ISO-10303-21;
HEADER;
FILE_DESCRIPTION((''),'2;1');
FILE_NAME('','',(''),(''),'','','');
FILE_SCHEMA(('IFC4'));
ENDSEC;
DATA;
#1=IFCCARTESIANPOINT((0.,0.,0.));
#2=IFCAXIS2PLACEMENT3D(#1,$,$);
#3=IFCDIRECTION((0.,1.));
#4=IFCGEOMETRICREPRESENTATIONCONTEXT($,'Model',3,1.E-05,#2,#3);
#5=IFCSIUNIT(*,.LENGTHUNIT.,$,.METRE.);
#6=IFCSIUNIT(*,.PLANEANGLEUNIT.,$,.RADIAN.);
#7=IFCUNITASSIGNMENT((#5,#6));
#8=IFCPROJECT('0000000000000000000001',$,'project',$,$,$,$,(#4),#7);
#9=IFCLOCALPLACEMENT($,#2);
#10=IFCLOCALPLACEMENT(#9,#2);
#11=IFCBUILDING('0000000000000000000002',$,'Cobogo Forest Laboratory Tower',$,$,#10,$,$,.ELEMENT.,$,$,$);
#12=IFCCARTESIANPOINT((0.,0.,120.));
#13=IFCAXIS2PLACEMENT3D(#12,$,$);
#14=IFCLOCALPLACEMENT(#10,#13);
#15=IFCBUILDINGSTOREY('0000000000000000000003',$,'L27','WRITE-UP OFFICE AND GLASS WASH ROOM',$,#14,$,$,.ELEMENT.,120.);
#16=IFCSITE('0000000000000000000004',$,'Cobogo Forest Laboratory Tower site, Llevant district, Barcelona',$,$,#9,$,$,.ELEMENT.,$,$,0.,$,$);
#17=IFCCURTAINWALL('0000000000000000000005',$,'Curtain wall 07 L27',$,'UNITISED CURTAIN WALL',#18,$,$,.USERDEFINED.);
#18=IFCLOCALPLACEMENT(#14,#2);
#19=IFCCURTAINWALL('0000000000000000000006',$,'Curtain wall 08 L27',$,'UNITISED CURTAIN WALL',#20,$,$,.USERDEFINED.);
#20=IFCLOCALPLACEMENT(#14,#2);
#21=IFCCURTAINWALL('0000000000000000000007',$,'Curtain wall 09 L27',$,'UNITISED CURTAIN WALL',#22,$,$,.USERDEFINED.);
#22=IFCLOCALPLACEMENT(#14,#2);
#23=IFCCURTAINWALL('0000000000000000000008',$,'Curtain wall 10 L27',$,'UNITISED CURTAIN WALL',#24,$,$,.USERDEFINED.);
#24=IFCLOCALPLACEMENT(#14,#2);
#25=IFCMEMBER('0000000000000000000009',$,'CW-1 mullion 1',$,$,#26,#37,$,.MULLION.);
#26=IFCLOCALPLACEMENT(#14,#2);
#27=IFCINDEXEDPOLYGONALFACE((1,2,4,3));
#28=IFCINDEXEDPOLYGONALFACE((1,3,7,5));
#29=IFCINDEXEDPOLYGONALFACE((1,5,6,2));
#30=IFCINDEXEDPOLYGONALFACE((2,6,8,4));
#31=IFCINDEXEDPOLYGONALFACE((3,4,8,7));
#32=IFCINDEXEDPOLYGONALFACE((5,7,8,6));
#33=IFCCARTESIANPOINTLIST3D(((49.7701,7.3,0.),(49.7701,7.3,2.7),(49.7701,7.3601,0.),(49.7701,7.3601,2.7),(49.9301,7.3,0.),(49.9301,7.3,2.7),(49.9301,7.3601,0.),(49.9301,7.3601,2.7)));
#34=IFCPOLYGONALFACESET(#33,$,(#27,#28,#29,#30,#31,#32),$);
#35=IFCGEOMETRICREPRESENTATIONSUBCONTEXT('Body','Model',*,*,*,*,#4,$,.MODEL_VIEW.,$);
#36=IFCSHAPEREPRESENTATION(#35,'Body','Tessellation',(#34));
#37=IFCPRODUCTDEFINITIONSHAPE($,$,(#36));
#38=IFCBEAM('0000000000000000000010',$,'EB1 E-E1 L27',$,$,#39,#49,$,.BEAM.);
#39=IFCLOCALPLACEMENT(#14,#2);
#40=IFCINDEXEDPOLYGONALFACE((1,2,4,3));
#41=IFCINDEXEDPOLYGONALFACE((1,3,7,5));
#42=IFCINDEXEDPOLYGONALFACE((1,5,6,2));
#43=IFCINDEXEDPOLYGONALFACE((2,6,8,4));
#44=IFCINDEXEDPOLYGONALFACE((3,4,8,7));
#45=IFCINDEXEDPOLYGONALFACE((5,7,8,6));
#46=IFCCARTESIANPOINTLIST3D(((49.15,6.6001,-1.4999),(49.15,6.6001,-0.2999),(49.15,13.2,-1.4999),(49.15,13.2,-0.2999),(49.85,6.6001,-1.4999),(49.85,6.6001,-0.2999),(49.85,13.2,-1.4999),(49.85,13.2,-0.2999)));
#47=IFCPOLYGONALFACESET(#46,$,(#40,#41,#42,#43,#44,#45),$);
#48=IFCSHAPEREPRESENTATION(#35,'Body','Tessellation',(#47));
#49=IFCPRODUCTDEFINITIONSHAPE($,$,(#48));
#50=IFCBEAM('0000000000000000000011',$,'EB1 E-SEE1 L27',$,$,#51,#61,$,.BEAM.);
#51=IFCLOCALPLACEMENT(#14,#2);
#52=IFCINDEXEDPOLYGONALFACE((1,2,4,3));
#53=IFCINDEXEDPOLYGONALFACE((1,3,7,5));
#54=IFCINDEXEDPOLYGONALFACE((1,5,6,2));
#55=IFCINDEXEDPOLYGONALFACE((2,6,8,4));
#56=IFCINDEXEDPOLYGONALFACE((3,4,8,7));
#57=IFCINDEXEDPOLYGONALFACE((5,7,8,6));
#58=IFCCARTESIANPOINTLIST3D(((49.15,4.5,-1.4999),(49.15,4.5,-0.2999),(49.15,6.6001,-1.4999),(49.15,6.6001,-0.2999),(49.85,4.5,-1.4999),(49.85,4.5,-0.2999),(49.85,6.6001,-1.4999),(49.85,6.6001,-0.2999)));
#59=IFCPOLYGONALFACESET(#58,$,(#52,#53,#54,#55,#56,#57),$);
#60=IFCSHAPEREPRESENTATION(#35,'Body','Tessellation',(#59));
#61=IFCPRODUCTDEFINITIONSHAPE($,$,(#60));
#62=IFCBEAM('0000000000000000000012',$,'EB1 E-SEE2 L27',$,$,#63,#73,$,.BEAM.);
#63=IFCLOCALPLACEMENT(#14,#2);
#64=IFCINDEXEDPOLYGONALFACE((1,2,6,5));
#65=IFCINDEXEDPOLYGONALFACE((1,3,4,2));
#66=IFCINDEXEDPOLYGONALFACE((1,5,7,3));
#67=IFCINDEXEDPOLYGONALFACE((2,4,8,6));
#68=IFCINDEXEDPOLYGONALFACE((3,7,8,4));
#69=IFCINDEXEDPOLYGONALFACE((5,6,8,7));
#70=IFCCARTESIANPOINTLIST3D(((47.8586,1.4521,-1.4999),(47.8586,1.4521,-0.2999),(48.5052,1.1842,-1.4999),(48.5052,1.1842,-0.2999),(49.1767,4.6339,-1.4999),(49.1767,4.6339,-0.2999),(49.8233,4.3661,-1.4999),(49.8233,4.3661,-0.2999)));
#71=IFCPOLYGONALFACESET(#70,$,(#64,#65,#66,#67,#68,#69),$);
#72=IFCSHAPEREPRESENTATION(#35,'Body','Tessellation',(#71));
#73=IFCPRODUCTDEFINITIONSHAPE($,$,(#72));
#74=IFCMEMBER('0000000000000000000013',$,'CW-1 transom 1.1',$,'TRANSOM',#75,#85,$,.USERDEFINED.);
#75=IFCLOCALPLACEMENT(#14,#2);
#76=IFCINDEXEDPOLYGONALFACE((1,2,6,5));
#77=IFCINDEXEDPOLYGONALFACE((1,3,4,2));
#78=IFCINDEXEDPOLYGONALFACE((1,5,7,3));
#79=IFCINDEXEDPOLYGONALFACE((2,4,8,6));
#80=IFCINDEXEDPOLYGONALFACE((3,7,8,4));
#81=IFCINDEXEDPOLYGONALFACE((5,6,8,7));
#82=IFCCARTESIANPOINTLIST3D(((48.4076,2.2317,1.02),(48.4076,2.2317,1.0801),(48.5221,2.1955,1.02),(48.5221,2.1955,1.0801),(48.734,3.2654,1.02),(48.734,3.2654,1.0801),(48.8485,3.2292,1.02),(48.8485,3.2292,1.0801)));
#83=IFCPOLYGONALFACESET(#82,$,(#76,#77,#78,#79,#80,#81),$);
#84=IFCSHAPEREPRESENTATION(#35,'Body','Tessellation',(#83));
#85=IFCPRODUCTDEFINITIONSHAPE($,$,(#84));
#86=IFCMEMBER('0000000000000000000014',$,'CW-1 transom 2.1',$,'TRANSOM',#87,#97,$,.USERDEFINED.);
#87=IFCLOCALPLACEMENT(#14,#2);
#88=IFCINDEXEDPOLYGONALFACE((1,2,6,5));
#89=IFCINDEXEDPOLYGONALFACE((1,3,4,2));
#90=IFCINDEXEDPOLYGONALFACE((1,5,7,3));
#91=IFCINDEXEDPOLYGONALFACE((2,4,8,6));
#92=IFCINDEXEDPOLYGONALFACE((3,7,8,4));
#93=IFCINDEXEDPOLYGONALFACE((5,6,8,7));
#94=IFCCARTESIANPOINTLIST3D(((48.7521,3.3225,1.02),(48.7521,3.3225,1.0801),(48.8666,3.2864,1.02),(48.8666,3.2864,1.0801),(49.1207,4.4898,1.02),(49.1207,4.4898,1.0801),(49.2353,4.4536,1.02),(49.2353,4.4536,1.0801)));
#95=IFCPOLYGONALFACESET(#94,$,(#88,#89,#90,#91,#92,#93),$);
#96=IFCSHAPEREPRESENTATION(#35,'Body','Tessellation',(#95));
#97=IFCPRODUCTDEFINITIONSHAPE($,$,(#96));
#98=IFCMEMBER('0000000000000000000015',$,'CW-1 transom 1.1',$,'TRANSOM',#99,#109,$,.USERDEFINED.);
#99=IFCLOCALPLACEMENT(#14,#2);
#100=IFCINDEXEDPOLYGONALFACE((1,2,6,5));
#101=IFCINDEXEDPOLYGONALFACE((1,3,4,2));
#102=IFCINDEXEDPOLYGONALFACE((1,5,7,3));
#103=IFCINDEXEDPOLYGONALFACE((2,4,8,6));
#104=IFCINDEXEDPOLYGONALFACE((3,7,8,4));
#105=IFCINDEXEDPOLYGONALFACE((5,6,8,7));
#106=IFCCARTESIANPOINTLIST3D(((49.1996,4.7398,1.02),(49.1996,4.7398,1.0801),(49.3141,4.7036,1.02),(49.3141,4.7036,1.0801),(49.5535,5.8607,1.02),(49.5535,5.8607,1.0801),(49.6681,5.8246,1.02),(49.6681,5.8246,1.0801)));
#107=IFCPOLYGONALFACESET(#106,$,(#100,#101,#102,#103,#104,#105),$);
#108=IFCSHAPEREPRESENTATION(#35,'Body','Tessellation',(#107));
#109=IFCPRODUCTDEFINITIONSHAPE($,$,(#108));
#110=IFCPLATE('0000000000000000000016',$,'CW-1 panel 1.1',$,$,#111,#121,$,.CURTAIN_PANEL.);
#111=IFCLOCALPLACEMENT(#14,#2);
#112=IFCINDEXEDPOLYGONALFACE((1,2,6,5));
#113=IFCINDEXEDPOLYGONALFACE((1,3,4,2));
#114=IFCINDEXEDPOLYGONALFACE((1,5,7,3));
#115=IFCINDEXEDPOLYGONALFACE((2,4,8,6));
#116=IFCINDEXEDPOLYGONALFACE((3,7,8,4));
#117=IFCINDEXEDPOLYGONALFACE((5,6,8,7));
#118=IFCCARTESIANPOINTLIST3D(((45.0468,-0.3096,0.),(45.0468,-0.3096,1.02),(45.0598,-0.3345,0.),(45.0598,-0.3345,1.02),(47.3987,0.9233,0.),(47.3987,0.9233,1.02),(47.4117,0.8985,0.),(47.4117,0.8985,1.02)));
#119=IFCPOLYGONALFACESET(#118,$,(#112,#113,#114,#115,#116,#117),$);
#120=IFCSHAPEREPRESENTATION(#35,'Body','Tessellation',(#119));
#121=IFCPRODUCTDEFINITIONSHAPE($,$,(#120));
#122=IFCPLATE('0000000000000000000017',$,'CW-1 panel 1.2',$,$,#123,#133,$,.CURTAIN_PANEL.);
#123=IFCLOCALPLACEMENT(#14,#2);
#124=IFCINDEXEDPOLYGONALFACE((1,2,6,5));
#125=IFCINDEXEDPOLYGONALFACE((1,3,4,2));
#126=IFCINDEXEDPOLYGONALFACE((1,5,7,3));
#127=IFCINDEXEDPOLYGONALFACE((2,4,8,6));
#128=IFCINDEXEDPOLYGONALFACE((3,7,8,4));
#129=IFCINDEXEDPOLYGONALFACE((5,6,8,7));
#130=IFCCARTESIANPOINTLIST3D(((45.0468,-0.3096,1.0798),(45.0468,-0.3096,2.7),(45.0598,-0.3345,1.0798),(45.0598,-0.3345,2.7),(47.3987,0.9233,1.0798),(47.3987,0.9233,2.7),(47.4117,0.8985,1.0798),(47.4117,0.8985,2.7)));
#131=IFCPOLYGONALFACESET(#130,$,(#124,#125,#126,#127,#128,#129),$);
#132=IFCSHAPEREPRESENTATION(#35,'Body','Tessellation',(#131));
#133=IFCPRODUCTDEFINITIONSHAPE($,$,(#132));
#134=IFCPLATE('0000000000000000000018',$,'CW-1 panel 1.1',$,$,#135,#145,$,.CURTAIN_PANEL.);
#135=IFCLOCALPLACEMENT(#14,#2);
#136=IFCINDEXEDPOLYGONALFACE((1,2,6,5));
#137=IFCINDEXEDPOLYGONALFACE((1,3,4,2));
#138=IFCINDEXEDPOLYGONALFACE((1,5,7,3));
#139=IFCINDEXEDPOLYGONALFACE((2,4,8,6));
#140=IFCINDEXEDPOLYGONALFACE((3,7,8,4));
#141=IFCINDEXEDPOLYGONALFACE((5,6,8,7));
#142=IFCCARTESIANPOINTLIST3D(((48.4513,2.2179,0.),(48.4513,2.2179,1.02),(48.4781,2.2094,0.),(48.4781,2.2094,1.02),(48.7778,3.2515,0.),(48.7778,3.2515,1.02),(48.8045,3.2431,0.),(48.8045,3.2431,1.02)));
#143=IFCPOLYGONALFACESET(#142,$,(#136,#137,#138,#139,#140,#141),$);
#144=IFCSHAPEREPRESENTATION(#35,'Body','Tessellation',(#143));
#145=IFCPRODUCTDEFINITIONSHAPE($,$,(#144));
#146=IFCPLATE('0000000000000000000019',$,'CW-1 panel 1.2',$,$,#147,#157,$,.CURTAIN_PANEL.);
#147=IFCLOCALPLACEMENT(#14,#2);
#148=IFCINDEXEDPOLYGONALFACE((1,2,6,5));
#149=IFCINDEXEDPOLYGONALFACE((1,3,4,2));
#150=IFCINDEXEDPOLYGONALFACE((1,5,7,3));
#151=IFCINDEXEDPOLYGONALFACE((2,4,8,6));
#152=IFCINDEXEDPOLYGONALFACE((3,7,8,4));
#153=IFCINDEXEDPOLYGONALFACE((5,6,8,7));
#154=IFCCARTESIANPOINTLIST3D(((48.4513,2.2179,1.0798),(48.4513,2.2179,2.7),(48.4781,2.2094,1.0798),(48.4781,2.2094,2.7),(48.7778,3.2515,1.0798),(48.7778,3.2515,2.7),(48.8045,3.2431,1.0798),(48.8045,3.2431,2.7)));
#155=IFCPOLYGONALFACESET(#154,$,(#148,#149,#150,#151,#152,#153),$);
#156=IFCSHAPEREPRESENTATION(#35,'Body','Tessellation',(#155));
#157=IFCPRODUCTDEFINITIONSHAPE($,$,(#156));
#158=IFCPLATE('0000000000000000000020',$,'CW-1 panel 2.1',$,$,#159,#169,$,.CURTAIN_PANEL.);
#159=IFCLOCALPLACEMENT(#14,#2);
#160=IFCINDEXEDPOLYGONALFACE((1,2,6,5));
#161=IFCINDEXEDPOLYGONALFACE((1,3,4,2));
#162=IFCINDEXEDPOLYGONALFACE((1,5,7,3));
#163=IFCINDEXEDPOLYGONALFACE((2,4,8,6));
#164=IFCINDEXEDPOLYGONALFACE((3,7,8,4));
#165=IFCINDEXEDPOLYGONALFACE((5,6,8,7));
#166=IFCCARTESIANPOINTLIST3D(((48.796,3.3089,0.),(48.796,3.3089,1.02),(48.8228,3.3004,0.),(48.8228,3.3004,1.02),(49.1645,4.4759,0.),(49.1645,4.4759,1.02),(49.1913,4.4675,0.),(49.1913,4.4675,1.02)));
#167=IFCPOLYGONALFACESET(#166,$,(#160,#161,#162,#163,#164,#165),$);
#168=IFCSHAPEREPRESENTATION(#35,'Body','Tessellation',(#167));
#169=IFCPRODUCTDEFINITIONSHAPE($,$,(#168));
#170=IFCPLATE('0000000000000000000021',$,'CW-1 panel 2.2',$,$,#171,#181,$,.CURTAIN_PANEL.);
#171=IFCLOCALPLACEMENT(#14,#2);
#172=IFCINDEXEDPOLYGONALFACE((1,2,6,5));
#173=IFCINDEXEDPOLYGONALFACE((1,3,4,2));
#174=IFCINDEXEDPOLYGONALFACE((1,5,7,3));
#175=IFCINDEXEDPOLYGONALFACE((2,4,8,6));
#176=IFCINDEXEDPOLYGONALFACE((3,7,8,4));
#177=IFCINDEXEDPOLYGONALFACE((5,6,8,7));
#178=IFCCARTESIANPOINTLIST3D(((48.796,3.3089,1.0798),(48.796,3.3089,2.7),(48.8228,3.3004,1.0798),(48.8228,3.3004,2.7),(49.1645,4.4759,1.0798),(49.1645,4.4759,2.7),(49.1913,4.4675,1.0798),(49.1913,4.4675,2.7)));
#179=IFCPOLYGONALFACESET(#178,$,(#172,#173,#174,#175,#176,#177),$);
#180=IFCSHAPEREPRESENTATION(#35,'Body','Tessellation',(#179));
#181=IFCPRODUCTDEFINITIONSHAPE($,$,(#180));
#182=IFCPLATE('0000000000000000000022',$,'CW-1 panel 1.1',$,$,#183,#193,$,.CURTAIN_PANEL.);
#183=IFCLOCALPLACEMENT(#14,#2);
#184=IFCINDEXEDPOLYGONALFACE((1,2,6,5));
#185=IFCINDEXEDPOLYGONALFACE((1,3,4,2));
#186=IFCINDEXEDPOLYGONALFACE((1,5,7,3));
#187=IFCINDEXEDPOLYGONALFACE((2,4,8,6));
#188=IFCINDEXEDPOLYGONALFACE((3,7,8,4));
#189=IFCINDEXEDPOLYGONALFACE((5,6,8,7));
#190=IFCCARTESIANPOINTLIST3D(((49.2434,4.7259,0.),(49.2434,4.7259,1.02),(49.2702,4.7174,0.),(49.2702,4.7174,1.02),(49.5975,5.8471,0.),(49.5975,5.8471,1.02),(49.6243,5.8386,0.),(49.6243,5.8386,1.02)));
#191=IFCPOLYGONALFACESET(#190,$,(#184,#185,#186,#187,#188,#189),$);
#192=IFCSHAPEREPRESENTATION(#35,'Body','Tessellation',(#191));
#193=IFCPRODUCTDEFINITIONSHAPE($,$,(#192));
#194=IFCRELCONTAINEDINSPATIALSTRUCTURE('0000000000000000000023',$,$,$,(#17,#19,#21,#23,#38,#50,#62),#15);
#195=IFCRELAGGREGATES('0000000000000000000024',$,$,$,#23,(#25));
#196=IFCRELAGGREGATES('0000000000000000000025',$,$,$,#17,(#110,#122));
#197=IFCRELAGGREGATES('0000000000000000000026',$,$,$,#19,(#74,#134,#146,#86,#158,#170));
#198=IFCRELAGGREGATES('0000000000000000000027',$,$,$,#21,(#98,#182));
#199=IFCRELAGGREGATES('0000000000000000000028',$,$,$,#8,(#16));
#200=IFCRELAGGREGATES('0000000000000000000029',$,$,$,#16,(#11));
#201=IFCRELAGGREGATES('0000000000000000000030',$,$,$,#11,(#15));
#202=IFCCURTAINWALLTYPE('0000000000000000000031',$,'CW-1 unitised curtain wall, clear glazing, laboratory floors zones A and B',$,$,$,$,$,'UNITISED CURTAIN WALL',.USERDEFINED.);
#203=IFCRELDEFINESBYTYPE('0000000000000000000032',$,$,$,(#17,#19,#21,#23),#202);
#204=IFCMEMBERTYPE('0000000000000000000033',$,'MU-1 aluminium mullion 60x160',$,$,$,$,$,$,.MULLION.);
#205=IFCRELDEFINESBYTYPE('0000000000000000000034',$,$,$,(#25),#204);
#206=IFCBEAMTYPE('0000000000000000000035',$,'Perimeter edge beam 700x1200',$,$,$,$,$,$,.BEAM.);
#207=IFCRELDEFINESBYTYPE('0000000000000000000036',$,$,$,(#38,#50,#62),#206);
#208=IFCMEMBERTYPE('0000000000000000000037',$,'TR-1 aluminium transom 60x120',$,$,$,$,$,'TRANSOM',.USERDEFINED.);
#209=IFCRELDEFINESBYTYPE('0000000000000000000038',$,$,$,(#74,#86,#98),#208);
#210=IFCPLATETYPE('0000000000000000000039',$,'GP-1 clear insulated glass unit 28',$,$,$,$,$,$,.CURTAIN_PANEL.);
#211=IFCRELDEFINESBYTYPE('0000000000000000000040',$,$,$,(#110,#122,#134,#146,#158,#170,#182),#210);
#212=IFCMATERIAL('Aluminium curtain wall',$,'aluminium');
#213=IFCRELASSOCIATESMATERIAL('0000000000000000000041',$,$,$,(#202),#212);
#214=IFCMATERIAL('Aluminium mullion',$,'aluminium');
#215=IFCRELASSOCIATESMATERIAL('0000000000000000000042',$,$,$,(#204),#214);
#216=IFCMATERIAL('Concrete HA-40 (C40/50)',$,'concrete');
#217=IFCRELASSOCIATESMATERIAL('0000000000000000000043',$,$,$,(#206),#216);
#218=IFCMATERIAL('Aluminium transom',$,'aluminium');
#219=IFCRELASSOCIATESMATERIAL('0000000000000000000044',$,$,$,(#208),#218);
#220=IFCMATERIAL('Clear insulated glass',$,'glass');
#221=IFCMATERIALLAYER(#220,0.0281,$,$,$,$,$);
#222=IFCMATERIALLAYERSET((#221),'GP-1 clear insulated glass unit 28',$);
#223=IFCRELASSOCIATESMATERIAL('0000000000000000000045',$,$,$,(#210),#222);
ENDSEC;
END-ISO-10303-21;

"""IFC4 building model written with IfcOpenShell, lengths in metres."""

from ifc_helpers import new_model, si_unit, direction, frame, origin, origin_2d, place, context, subcontext, project, spatial, rectangle, extrude, material, layer, layer_set, material_profile, profile_set, type_object, element, aggregate, save


model = new_model("IFC4")

# Units and contexts
model_context = context("Model", 3, precision=1e-05, world=origin(), true_north=direction((0.0, 1.0)))
body_context = subcontext(model_context, "Body", "Model", "MODEL_VIEW")
ifc_project = project(units=[si_unit("LENGTHUNIT", "METRE"), si_unit("PLANEANGLEUNIT", "RADIAN")], contexts=[model_context])

# Site, building, storey
site_placement = place(None, origin())
site = spatial("IfcSite", under=ifc_project, at=site_placement, Name="Cobogo Forest Laboratory Tower site, Llevant district, Barcelona", CompositionType="ELEMENT", RefElevation=0.0)
building_placement = place(site_placement, origin())
building = spatial("IfcBuilding", under=site, at=building_placement, Name="Cobogo Forest Laboratory Tower", CompositionType="ELEMENT")
storey_placement = place(building_placement, frame((0.0, 0.0, 120.0)))
storey = spatial("IfcBuildingStorey", under=building, at=storey_placement, Name="L27", Description="WRITE-UP OFFICE AND GLASS WASH ROOM", CompositionType="ELEMENT", Elevation=120.0)

# Shared definitions
ifc_material_1 = material(Name="Concrete HA-40 (C40/50)", Category="concrete")

# Curtain wall
ifc_material_2 = material(Name="Aluminium curtain wall", Category="aluminium")
curtain_wall_type = type_object("IfcCurtainWallType", Name="CW-1 unitised curtain wall, clear glazing, laboratory floors zones A and B", ElementType="UNITISED CURTAIN WALL", PredefinedType="USERDEFINED", material=ifc_material_2)
curtain_wall_1_placement = place(storey_placement, origin())
curtain_wall_1 = element("IfcCurtainWall", 1, at=curtain_wall_1_placement, inside=storey, type_object=curtain_wall_type, Name="Curtain wall 07 L27", ObjectType="UNITISED CURTAIN WALL", PredefinedType="USERDEFINED")
ifc_material_3 = material(Name="Aluminium mullion", Category="aluminium")
ifc_material_profile_1 = material_profile(ifc_material_3, rectangle(XDim=0.0601, YDim=0.1599, at=origin_2d()), Name="AL 60x160")
ifc_profile_set_1 = profile_set([ifc_material_profile_1], Name="Aluminium mullion")
member_type_1 = type_object("IfcMemberType", Name="MU-1 aluminium mullion 60x160", PredefinedType="MULLION", material=ifc_profile_set_1)

# Curtain walls
curtain_wall_2_placement = place(storey_placement, origin())
curtain_wall_2 = element("IfcCurtainWall", 2, at=curtain_wall_2_placement, inside=storey, type_object=curtain_wall_type, Name="Curtain wall 08 L27", ObjectType="UNITISED CURTAIN WALL", PredefinedType="USERDEFINED")
curtain_wall_3_placement = place(storey_placement, origin())
curtain_wall_3 = element("IfcCurtainWall", 3, at=curtain_wall_3_placement, inside=storey, type_object=curtain_wall_type, Name="Curtain wall 09 L27", ObjectType="UNITISED CURTAIN WALL", PredefinedType="USERDEFINED")

# Curtain wall, member
curtain_wall_4_placement = place(storey_placement, origin())
curtain_wall_4 = element("IfcCurtainWall", 4, at=curtain_wall_4_placement, inside=storey, type_object=curtain_wall_type, Name="Curtain wall 10 L27", ObjectType="UNITISED CURTAIN WALL", PredefinedType="USERDEFINED")
member_1_placement = place(storey_placement, frame((49.8501, 7.3301, 0.0), z_axis=(0.0, 0.0, 1.0), x_axis=(0.0, 1.0, 0.0)))
member_1 = element("IfcMember", 5, at=member_1_placement, type_object=member_type_1, Name="CW-1 mullion 1", PredefinedType="MULLION", context=body_context, shape_type="SweptSolid", body=[
    extrude(rectangle(XDim=0.0601, YDim=0.1599, at=origin_2d()), origin(), (0.0, 0.0, 1.0), 2.7),
])
aggregate(curtain_wall_4, [member_1])

# Beams
ifc_material_profile_2 = material_profile(ifc_material_1, rectangle(XDim=0.7, YDim=1.2, at=origin_2d()), Name="RC 700x1200")
ifc_profile_set_2 = profile_set([ifc_material_profile_2], Name="Concrete HA-40 (C40/50)")
beam_type_1 = type_object("IfcBeamType", Name="Perimeter edge beam 700x1200", PredefinedType="BEAM", material=ifc_profile_set_2)
beam_1_placement = place(storey_placement, frame((49.5, 6.6001, -0.8999), z_axis=(0.0, 1.0, 0.0), x_axis=(-1.0, 0.0, 0.0)))
element("IfcBeam", 6, at=beam_1_placement, inside=storey, type_object=beam_type_1, Name="EB1 E-E1 L27", PredefinedType="BEAM", context=body_context, shape_type="SweptSolid", body=[
    extrude(rectangle(XDim=0.7, YDim=1.2, at=origin_2d()), origin(), (0.0, 0.0, 1.0), 6.5999),
])
beam_2_placement = place(storey_placement, frame((49.5, 6.6001, -0.8999), z_axis=(0.0, -1.0, 0.0), x_axis=(1.0, 0.0, 0.0)))
element("IfcBeam", 7, at=beam_2_placement, inside=storey, type_object=beam_type_1, Name="EB1 E-SEE1 L27", PredefinedType="BEAM", context=body_context, shape_type="SweptSolid", body=[
    extrude(rectangle(XDim=0.7, YDim=1.2, at=origin_2d()), origin(), (0.0, 0.0, 1.0), 2.1001),
])
beam_3_placement = place(storey_placement, frame((49.5, 4.5, -0.8999), z_axis=(-0.382717, -0.923866, 0.0), x_axis=(0.923866, -0.382717, 0.0)))
element("IfcBeam", 8, at=beam_3_placement, inside=storey, type_object=beam_type_1, Name="EB1 E-SEE2 L27", PredefinedType="BEAM", context=body_context, shape_type="SweptSolid", body=[
    extrude(rectangle(XDim=0.7, YDim=1.2, at=origin_2d()), origin(), (0.0, 0.0, 1.0), 3.4441),
])

# Members
ifc_material_4 = material(Name="Aluminium transom", Category="aluminium")
ifc_material_profile_3 = material_profile(ifc_material_4, rectangle(XDim=0.1201, YDim=0.0601, at=origin_2d()), Name="AL 60x120")
ifc_profile_set_3 = profile_set([ifc_material_profile_3], Name="Aluminium transom")
member_type_2 = type_object("IfcMemberType", Name="TR-1 aluminium transom 60x120", ElementType="TRANSOM", PredefinedType="USERDEFINED", material=ifc_profile_set_3)
member_2_placement = place(storey_placement, frame((48.4648, 2.2136, 1.05), z_axis=(0.301121, 0.953586, 0.0), x_axis=(-0.953586, 0.301121, 0.0)))
member_2 = element("IfcMember", 9, at=member_2_placement, type_object=member_type_2, Name="CW-1 transom 1.1", ObjectType="TRANSOM", PredefinedType="USERDEFINED", context=body_context, shape_type="SweptSolid", body=[
    extrude(rectangle(XDim=0.1201, YDim=0.0601, at=origin_2d()), origin(), (0.0, 0.0, 1.0), 1.084),
])
member_3_placement = place(storey_placement, frame((48.8093, 3.3044, 1.05), z_axis=(0.30117, 0.953571, 0.0), x_axis=(-0.953571, 0.30117, 0.0)))
member_3 = element("IfcMember", 10, at=member_3_placement, type_object=member_type_2, Name="CW-1 transom 2.1", ObjectType="TRANSOM", PredefinedType="USERDEFINED", context=body_context, shape_type="SweptSolid", body=[
    extrude(rectangle(XDim=0.1201, YDim=0.0601, at=origin_2d()), origin(), (0.0, 0.0, 1.0), 1.2241),
])
member_4_placement = place(storey_placement, frame((49.2568, 4.7217, 1.05), z_axis=(0.301111, 0.953589, 0.0), x_axis=(-0.953589, 0.301111, 0.0)))
member_4 = element("IfcMember", 11, at=member_4_placement, type_object=member_type_2, Name="CW-1 transom 1.1", ObjectType="TRANSOM", PredefinedType="USERDEFINED", context=body_context, shape_type="SweptSolid", body=[
    extrude(rectangle(XDim=0.1201, YDim=0.0601, at=origin_2d()), origin(), (0.0, 0.0, 1.0), 1.1755),
])

# Plates
ifc_material_5 = material(Name="Clear insulated glass", Category="glass")
ifc_layer = layer(ifc_material_5, 0.0281)
ifc_layer_set = layer_set([ifc_layer], Name="GP-1 clear insulated glass unit 28")
plate_type_1 = type_object("IfcPlateType", Name="GP-1 clear insulated glass unit 28", PredefinedType="CURTAIN_PANEL", material=ifc_layer_set)
plate_1_placement = place(storey_placement, frame((46.2292, 0.2944, 0.0), z_axis=(0.0, 0.0, 1.0), x_axis=(0.885687, 0.464284, 0.0)))
plate_1 = element("IfcPlate", 12, at=plate_1_placement, type_object=plate_type_1, Name="CW-1 panel 1.1", PredefinedType="CURTAIN_PANEL", context=body_context, shape_type="SweptSolid", body=[
    extrude(rectangle(XDim=2.6555, YDim=0.0281, at=origin_2d()), origin(), (0.0, 0.0, 1.0), 1.02),
])
plate_2_placement = place(storey_placement, frame((46.2292, 0.2944, 1.0798), z_axis=(0.0, 0.0, 1.0), x_axis=(0.885687, 0.464284, 0.0)))
plate_2 = element("IfcPlate", 13, at=plate_2_placement, type_object=plate_type_1, Name="CW-1 panel 1.2", PredefinedType="CURTAIN_PANEL", context=body_context, shape_type="SweptSolid", body=[
    extrude(rectangle(XDim=2.6555, YDim=0.0281, at=origin_2d()), origin(), (0.0, 0.0, 1.0), 1.6201),
])
aggregate(curtain_wall_1, [plate_1, plate_2])
plate_3_placement = place(storey_placement, frame((48.6279, 2.7305, 0.0), z_axis=(0.0, 0.0, 1.0), x_axis=(0.301135, 0.953581, 0.0)))
plate_3 = element("IfcPlate", 14, at=plate_3_placement, type_object=plate_type_1, Name="CW-1 panel 1.1", PredefinedType="CURTAIN_PANEL", context=body_context, shape_type="SweptSolid", body=[
    extrude(rectangle(XDim=1.084, YDim=0.0281, at=origin_2d()), origin(), (0.0, 0.0, 1.0), 1.02),
])
plate_4_placement = place(storey_placement, frame((48.6279, 2.7305, 1.0798), z_axis=(0.0, 0.0, 1.0), x_axis=(0.301135, 0.953581, 0.0)))
plate_4 = element("IfcPlate", 15, at=plate_4_placement, type_object=plate_type_1, Name="CW-1 panel 1.2", PredefinedType="CURTAIN_PANEL", context=body_context, shape_type="SweptSolid", body=[
    extrude(rectangle(XDim=1.084, YDim=0.0281, at=origin_2d()), origin(), (0.0, 0.0, 1.0), 1.6201),
])
plate_5_placement = place(storey_placement, frame((48.9937, 3.8882, 0.0), z_axis=(0.0, 0.0, 1.0), x_axis=(0.301135, 0.953581, 0.0)))
plate_5 = element("IfcPlate", 16, at=plate_5_placement, type_object=plate_type_1, Name="CW-1 panel 2.1", PredefinedType="CURTAIN_PANEL", context=body_context, shape_type="SweptSolid", body=[
    extrude(rectangle(XDim=1.2239, YDim=0.0281, at=origin_2d()), origin(), (0.0, 0.0, 1.0), 1.02),
])
plate_6_placement = place(storey_placement, frame((48.9937, 3.8882, 1.0798), z_axis=(0.0, 0.0, 1.0), x_axis=(0.301135, 0.953581, 0.0)))
plate_6 = element("IfcPlate", 17, at=plate_6_placement, type_object=plate_type_1, Name="CW-1 panel 2.2", PredefinedType="CURTAIN_PANEL", context=body_context, shape_type="SweptSolid", body=[
    extrude(rectangle(XDim=1.2239, YDim=0.0281, at=origin_2d()), origin(), (0.0, 0.0, 1.0), 1.6201),
])
aggregate(curtain_wall_2, [member_2, plate_3, plate_4, member_3, plate_5, plate_6])
plate_7_placement = place(storey_placement, frame((49.4338, 5.2822, 0.0), z_axis=(0.0, 0.0, 1.0), x_axis=(0.301135, 0.953581, 0.0)))
plate_7 = element("IfcPlate", 18, at=plate_7_placement, type_object=plate_type_1, Name="CW-1 panel 1.1", PredefinedType="CURTAIN_PANEL", context=body_context, shape_type="SweptSolid", body=[
    extrude(rectangle(XDim=1.1758, YDim=0.0281, at=origin_2d()), origin(), (0.0, 0.0, 1.0), 1.02),
])
aggregate(curtain_wall_3, [member_4, plate_7])

save(model, "model.ifc")
